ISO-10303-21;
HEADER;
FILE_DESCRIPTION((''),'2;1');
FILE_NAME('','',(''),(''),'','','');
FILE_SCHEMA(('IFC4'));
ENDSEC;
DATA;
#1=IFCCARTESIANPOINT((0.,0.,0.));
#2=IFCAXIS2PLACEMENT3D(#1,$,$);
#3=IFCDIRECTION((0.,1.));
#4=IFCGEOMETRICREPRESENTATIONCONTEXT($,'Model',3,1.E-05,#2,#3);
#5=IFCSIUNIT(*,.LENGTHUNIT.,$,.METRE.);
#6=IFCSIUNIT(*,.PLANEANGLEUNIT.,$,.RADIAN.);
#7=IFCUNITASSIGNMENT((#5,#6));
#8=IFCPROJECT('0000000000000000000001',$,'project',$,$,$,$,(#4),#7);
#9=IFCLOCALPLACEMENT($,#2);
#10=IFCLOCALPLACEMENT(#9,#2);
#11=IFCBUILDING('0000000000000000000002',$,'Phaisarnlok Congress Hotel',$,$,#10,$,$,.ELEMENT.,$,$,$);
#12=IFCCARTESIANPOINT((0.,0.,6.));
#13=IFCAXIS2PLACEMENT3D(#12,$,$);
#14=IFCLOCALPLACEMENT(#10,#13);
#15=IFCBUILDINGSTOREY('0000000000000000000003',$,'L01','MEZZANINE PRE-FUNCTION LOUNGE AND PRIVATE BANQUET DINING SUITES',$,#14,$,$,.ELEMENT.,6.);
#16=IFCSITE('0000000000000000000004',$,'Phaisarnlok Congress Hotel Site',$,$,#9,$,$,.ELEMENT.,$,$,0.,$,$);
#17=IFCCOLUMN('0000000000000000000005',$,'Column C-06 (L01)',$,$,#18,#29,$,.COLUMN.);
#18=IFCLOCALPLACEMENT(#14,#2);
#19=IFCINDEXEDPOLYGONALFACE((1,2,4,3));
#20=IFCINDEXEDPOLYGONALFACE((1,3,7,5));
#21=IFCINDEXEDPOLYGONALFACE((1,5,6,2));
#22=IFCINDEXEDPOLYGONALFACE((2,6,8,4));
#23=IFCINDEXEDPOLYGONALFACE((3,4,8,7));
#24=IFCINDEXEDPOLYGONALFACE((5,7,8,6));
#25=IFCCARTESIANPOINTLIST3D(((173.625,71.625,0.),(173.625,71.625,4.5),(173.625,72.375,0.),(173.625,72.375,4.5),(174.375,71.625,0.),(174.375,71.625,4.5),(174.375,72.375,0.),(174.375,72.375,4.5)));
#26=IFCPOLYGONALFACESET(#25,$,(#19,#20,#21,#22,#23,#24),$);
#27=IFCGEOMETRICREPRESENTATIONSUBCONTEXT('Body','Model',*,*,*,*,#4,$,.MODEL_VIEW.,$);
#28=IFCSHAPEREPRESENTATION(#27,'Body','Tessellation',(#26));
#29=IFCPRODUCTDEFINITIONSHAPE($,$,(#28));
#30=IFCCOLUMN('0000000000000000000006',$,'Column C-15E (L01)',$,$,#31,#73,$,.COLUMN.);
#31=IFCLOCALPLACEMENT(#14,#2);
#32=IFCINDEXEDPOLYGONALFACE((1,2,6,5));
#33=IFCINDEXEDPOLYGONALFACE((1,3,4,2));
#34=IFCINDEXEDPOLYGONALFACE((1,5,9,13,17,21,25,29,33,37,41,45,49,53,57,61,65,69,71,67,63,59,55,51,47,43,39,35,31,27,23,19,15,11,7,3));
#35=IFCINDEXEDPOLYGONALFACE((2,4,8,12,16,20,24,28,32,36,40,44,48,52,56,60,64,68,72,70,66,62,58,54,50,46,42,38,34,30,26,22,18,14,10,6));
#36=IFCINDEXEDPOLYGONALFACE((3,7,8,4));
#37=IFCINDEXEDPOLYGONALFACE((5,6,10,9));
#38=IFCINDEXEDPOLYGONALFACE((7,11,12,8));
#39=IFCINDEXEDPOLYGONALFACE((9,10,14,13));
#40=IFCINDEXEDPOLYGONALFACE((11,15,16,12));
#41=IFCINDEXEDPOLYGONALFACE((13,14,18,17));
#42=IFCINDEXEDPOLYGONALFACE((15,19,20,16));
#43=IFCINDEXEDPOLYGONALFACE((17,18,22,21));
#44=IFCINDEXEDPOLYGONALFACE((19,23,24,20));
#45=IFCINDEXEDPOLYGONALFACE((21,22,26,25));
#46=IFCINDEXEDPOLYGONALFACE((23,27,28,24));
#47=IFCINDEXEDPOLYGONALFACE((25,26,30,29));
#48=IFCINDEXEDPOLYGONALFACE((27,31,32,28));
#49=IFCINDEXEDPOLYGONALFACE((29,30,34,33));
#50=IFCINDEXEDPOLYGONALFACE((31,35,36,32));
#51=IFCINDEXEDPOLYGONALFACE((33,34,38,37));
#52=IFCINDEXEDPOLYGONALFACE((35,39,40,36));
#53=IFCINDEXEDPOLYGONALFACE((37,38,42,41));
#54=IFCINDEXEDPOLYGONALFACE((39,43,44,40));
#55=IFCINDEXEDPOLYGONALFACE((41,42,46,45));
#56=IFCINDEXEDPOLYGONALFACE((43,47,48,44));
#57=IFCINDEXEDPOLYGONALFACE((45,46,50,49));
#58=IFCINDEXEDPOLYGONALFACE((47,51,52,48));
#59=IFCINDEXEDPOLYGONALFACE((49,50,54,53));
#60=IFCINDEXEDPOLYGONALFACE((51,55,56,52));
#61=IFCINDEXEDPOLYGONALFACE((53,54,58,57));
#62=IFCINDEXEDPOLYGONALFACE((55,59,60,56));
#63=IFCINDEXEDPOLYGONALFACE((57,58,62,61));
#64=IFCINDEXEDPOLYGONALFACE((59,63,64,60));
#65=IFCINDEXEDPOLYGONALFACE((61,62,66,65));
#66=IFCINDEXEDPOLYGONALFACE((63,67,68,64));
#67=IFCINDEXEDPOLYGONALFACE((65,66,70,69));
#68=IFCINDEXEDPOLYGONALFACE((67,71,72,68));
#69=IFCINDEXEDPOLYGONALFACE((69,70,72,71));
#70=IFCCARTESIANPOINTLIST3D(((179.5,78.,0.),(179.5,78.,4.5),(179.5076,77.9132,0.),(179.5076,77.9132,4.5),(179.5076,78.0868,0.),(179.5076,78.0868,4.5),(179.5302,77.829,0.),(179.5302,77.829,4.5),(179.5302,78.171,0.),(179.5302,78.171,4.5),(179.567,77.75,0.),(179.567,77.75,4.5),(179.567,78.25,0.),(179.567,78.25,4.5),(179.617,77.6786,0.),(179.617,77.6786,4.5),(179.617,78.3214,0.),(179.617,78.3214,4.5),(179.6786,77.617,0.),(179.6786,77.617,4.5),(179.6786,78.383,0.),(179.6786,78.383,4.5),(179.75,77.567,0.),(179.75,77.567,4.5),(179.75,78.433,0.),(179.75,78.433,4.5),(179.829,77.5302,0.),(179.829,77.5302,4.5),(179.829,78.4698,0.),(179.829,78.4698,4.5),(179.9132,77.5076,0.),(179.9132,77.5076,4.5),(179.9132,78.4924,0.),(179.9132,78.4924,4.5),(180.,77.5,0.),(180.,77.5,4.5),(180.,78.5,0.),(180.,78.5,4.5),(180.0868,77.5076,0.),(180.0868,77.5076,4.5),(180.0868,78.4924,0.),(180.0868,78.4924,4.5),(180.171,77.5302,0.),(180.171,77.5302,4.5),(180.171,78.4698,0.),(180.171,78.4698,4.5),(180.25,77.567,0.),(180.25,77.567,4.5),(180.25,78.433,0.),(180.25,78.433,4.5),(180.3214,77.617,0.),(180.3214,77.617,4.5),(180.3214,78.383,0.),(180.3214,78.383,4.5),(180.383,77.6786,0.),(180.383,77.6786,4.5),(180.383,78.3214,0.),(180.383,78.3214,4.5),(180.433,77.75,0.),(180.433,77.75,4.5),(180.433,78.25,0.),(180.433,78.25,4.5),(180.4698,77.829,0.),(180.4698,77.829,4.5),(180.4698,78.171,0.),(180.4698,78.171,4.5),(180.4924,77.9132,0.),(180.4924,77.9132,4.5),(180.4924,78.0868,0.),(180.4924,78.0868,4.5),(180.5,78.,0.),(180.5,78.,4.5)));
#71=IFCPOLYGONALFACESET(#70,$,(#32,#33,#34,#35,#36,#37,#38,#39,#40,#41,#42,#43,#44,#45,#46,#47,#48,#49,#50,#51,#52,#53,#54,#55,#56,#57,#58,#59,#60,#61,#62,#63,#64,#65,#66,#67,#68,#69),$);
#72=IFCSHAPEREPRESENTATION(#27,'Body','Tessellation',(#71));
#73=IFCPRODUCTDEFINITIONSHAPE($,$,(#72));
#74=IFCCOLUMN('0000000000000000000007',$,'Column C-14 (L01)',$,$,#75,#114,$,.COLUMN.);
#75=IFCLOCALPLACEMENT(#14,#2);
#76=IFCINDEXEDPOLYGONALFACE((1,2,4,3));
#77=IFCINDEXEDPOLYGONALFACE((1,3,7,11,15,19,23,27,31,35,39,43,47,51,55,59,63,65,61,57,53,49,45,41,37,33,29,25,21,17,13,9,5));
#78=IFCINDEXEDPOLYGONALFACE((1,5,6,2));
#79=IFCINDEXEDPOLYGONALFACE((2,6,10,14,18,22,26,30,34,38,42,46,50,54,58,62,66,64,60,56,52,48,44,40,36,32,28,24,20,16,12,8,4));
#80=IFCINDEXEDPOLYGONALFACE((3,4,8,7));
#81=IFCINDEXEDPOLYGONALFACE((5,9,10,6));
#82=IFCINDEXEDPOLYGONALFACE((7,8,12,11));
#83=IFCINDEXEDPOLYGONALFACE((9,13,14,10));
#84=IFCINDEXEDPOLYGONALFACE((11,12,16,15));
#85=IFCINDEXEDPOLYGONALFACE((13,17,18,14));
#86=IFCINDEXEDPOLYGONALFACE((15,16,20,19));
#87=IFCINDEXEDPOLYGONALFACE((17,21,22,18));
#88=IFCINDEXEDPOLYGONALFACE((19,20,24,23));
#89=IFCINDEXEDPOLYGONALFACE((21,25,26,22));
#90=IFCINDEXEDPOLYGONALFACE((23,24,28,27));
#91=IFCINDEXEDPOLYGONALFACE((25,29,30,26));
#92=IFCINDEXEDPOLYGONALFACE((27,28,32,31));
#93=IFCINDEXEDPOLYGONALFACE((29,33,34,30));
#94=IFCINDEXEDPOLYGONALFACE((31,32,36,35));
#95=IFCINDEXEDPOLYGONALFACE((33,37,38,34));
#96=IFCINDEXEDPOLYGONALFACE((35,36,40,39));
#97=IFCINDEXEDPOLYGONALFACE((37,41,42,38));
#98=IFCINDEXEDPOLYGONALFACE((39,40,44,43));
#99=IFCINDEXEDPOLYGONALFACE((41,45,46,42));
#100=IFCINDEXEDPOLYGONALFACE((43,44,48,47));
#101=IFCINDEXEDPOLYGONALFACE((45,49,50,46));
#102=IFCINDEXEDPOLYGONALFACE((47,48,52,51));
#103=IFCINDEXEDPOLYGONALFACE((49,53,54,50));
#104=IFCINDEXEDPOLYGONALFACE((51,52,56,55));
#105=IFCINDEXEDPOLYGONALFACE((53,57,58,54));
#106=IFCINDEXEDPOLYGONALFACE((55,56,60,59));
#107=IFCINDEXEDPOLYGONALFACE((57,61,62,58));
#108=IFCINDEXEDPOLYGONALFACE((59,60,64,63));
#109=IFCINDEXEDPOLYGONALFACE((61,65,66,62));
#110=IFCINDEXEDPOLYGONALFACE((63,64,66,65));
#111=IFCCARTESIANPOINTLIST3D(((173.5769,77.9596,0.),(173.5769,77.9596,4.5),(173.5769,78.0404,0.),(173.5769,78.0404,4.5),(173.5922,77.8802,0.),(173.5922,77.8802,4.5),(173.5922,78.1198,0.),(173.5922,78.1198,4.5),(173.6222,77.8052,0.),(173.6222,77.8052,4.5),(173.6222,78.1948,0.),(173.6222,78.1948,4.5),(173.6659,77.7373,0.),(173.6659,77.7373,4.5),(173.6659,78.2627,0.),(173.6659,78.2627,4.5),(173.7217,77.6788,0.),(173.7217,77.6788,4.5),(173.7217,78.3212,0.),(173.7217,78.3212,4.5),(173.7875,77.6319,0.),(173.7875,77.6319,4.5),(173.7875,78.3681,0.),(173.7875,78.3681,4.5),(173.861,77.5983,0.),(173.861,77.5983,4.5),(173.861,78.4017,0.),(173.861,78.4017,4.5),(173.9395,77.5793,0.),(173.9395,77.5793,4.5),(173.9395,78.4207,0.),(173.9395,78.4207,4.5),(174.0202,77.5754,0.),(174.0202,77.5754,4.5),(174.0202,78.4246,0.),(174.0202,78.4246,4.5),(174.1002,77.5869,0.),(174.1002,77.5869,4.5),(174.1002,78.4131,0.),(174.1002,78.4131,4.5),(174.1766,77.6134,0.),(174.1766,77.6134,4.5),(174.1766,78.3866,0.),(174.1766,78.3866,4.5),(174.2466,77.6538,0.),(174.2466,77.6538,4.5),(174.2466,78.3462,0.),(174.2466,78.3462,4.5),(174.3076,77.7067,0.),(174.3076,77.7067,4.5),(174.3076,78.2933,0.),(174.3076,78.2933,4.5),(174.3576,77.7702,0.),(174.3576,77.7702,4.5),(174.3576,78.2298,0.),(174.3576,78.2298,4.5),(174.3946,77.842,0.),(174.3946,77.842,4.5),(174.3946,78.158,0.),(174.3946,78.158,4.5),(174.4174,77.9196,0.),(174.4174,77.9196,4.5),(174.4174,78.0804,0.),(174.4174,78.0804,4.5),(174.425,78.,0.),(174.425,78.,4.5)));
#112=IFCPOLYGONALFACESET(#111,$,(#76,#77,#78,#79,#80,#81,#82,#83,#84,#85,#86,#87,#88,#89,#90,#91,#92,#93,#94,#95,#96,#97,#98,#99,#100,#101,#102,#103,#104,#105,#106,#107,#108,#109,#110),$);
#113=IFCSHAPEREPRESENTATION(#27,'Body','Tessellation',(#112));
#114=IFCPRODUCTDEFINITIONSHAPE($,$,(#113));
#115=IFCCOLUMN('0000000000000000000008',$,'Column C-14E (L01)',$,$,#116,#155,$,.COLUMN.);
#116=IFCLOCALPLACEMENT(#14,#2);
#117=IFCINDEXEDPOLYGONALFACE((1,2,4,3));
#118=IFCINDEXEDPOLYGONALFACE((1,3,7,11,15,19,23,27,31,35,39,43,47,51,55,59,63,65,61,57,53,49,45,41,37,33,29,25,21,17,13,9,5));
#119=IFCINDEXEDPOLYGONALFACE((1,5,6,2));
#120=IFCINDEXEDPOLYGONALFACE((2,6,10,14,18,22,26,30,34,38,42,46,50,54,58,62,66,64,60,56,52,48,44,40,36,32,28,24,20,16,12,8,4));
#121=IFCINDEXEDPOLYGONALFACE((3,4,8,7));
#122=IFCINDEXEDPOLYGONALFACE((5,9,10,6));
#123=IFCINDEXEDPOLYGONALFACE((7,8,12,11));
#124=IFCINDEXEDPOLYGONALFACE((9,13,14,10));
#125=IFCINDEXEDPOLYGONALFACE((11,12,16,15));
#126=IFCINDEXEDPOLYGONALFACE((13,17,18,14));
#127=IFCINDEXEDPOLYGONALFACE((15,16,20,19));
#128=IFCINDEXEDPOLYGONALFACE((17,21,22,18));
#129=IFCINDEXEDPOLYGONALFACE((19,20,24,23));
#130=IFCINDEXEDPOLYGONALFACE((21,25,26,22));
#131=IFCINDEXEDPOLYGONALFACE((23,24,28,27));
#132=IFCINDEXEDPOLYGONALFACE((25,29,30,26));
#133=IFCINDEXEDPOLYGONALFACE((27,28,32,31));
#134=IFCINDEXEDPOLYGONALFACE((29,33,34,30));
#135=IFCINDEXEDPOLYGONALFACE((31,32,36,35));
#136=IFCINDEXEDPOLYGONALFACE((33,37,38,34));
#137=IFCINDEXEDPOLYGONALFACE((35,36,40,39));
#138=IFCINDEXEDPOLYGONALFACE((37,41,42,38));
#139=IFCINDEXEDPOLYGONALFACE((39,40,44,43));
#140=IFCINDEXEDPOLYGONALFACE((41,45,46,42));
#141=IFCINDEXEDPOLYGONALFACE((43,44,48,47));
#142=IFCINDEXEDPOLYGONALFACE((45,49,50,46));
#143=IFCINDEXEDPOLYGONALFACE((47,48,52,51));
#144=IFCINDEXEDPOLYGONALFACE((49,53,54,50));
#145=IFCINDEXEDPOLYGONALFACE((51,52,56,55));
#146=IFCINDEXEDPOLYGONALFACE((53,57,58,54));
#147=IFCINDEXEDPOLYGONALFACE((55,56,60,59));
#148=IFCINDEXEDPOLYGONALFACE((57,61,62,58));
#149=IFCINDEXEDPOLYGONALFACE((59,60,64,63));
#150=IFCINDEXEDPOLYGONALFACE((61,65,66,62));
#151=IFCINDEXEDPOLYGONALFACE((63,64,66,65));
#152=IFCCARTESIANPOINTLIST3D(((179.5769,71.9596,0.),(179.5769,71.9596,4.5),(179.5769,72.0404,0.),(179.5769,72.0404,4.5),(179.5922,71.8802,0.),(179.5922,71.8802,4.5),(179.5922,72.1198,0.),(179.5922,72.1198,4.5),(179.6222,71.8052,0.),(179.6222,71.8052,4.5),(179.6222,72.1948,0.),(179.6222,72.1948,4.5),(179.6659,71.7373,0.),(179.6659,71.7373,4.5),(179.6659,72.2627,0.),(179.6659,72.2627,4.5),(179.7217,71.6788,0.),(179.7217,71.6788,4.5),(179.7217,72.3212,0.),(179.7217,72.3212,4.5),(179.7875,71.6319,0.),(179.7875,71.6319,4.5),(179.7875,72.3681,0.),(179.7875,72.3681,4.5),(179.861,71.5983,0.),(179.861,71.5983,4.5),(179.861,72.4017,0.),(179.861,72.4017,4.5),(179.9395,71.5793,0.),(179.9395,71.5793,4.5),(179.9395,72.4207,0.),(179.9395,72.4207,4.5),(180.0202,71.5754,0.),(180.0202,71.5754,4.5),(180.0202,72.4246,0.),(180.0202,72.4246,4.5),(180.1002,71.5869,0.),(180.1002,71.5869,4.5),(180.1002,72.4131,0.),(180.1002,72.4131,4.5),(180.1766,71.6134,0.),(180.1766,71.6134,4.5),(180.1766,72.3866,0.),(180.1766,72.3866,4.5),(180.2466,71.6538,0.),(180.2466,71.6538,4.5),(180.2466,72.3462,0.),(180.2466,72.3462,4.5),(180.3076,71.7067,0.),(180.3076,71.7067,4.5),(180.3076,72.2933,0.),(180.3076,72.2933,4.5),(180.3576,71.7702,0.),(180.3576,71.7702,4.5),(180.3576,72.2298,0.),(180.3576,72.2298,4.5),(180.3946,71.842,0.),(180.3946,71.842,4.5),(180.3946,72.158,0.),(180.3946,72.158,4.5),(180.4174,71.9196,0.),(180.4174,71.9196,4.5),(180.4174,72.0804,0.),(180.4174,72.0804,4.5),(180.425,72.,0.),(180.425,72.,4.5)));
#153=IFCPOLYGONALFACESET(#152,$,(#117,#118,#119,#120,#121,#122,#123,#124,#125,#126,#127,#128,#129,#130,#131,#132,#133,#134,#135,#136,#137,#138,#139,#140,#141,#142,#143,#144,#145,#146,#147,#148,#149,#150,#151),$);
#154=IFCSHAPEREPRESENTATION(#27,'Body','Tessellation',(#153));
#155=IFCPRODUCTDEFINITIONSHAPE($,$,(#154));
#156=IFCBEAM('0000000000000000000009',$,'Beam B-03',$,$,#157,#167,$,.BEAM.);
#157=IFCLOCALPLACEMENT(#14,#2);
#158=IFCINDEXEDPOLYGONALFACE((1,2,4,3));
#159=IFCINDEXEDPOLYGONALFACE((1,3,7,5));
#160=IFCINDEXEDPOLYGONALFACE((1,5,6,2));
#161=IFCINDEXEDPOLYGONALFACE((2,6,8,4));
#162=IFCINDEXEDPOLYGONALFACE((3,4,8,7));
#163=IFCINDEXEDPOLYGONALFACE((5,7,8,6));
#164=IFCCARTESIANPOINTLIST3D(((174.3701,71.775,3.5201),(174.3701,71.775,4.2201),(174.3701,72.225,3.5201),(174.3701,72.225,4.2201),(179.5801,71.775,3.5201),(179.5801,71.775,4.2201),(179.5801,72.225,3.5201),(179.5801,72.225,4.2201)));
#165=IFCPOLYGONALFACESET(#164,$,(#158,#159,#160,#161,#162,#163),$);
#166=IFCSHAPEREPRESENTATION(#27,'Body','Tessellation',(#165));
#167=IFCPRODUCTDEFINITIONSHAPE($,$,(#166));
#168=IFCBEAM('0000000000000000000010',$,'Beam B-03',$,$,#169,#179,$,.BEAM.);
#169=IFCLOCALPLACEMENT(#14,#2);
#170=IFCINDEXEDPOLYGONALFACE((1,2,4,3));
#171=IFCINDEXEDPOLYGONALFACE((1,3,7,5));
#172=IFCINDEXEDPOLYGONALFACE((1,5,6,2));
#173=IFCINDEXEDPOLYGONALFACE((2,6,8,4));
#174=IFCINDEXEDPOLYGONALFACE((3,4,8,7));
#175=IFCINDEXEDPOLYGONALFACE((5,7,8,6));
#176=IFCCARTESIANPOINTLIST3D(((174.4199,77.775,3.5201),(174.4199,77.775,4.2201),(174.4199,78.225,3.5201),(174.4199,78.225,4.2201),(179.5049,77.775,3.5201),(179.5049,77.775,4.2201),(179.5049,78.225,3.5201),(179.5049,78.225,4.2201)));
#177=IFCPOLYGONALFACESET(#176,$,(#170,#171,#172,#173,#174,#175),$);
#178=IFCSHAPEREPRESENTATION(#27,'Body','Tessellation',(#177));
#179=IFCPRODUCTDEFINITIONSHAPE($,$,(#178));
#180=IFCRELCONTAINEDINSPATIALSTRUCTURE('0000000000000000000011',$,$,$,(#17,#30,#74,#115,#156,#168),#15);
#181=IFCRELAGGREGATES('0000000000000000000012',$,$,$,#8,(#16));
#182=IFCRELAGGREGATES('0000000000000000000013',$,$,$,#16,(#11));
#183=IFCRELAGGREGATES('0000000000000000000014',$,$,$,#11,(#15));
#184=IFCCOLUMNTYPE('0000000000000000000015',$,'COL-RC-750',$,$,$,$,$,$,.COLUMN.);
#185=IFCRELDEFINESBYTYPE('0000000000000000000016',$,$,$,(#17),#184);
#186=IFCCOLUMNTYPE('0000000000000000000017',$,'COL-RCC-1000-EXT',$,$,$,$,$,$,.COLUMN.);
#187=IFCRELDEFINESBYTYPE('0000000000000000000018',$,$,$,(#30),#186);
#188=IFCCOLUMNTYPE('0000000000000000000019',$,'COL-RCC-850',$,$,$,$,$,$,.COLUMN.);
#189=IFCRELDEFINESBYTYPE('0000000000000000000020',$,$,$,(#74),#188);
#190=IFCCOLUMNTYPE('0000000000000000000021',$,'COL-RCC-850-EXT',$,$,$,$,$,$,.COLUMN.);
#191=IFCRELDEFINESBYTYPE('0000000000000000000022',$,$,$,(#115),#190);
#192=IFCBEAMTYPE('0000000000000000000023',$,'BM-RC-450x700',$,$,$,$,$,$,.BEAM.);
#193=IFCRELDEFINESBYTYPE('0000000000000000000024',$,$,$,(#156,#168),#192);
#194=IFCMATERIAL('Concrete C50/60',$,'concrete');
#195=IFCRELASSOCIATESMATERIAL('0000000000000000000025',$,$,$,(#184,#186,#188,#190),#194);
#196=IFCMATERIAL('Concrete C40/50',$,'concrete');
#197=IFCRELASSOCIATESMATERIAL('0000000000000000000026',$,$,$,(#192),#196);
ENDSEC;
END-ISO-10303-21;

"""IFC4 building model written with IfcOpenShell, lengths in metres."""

from ifc_helpers import new_model, si_unit, direction, frame, origin, origin_2d, place, context, subcontext, project, spatial, rectangle, circle, extrude, material, material_profile, profile_set, type_object, element, save


model = new_model("IFC4")

# Units and contexts
model_context = context("Model", 3, precision=1e-05, world=origin(), true_north=direction((0.0, 1.0)))
body_context = subcontext(model_context, "Body", "Model", "MODEL_VIEW")
ifc_project = project(units=[si_unit("LENGTHUNIT", "METRE"), si_unit("PLANEANGLEUNIT", "RADIAN")], contexts=[model_context])

# Site, building, storey
site_placement = place(None, origin())
site = spatial("IfcSite", under=ifc_project, at=site_placement, Name="Phaisarnlok Congress Hotel Site", CompositionType="ELEMENT", RefElevation=0.0)
building_placement = place(site_placement, origin())
building = spatial("IfcBuilding", under=site, at=building_placement, Name="Phaisarnlok Congress Hotel", CompositionType="ELEMENT")
storey_placement = place(building_placement, frame((0.0, 0.0, 6.0)))
storey = spatial("IfcBuildingStorey", under=building, at=storey_placement, Name="L01", Description="MEZZANINE PRE-FUNCTION LOUNGE AND PRIVATE BANQUET DINING SUITES", CompositionType="ELEMENT", Elevation=6.0)

# Columns
ifc_material_1 = material(Name="Concrete C50/60", Category="concrete")
ifc_material_profile_1 = material_profile(ifc_material_1, rectangle(XDim=0.75, YDim=0.75, at=origin_2d()), Name="RC 750x750")
ifc_profile_set_1 = profile_set([ifc_material_profile_1], Name="Concrete C50/60")
column_type_1 = type_object("IfcColumnType", Name="COL-RC-750", PredefinedType="COLUMN", material=ifc_profile_set_1)
column_1_placement = place(storey_placement, frame((174.0, 72.0, 0.0), z_axis=(0.0, 0.0, 1.0), x_axis=(1.0, 0.0, 0.0)))
element("IfcColumn", 1, at=column_1_placement, inside=storey, type_object=column_type_1, Name="Column C-06 (L01)", PredefinedType="COLUMN", context=body_context, shape_type="SweptSolid", body=[
    extrude(rectangle(XDim=0.75, YDim=0.75, at=origin_2d()), origin(), (0.0, 0.0, 1.0), 4.5),
])
ifc_material_profile_2 = material_profile(ifc_material_1, circle(Radius=0.5, at=origin_2d()), Name="RCC D1000")
ifc_profile_set_2 = profile_set([ifc_material_profile_2], Name="Concrete C50/60")
column_type_2 = type_object("IfcColumnType", Name="COL-RCC-1000-EXT", PredefinedType="COLUMN", material=ifc_profile_set_2)
column_2_placement = place(storey_placement, frame((180.0, 78.0, 0.0), z_axis=(0.0, 0.0, 1.0), x_axis=(1.0, 0.0, 0.0)))
element("IfcColumn", 2, at=column_2_placement, inside=storey, type_object=column_type_2, Name="Column C-15E (L01)", PredefinedType="COLUMN", context=body_context, shape_type="SweptSolid", body=[
    extrude(circle(Radius=0.5, at=origin_2d()), origin(), (0.0, 0.0, 1.0), 4.5),
])
ifc_material_profile_3 = material_profile(ifc_material_1, circle(Radius=0.425, at=origin_2d()), Name="RCC D850")
ifc_profile_set_3 = profile_set([ifc_material_profile_3], Name="Concrete C50/60")
column_type_3 = type_object("IfcColumnType", Name="COL-RCC-850", PredefinedType="COLUMN", material=ifc_profile_set_3)
column_3_placement = place(storey_placement, frame((174.0, 78.0, 0.0), z_axis=(0.0, 0.0, 1.0), x_axis=(1.0, 0.0, 0.0)))
element("IfcColumn", 3, at=column_3_placement, inside=storey, type_object=column_type_3, Name="Column C-14 (L01)", PredefinedType="COLUMN", context=body_context, shape_type="SweptSolid", body=[
    extrude(circle(Radius=0.425, at=origin_2d()), origin(), (0.0, 0.0, 1.0), 4.5),
])
ifc_material_profile_4 = material_profile(ifc_material_1, circle(Radius=0.425, at=origin_2d()), Name="RCC D850")
ifc_profile_set_4 = profile_set([ifc_material_profile_4], Name="Concrete C50/60")
column_type_4 = type_object("IfcColumnType", Name="COL-RCC-850-EXT", PredefinedType="COLUMN", material=ifc_profile_set_4)
column_4_placement = place(storey_placement, frame((180.0, 72.0, 0.0), z_axis=(0.0, 0.0, 1.0), x_axis=(1.0, 0.0, 0.0)))
element("IfcColumn", 4, at=column_4_placement, inside=storey, type_object=column_type_4, Name="Column C-14E (L01)", PredefinedType="COLUMN", context=body_context, shape_type="SweptSolid", body=[
    extrude(circle(Radius=0.425, at=origin_2d()), origin(), (0.0, 0.0, 1.0), 4.5),
])

# Beams
ifc_material_2 = material(Name="Concrete C40/50", Category="concrete")
ifc_material_profile_5 = material_profile(ifc_material_2, rectangle(XDim=0.45, YDim=0.7, at=origin_2d()), Name="RC 450x700")
ifc_profile_set_5 = profile_set([ifc_material_profile_5], Name="Concrete C40/50")
beam_type_1 = type_object("IfcBeamType", Name="BM-RC-450x700", PredefinedType="BEAM", material=ifc_profile_set_5)
beam_1_placement = place(storey_placement, frame((174.3701, 72.0, 3.8701), z_axis=(1.0, 0.0, 0.0), x_axis=(0.0, 1.0, 0.0)))
element("IfcBeam", 5, at=beam_1_placement, inside=storey, type_object=beam_type_1, Name="Beam B-03", PredefinedType="BEAM", context=body_context, shape_type="SweptSolid", body=[
    extrude(rectangle(XDim=0.45, YDim=0.7, at=origin_2d()), origin(), (0.0, 0.0, 1.0), 5.21),
])
beam_2_placement = place(storey_placement, frame((174.4199, 78.0, 3.8701), z_axis=(1.0, 0.0, 0.0), x_axis=(0.0, 1.0, 0.0)))
element("IfcBeam", 6, at=beam_2_placement, inside=storey, type_object=beam_type_1, Name="Beam B-03", PredefinedType="BEAM", context=body_context, shape_type="SweptSolid", body=[
    extrude(rectangle(XDim=0.45, YDim=0.7, at=origin_2d()), origin(), (0.0, 0.0, 1.0), 5.085),
])

save(model, "model.ifc")
